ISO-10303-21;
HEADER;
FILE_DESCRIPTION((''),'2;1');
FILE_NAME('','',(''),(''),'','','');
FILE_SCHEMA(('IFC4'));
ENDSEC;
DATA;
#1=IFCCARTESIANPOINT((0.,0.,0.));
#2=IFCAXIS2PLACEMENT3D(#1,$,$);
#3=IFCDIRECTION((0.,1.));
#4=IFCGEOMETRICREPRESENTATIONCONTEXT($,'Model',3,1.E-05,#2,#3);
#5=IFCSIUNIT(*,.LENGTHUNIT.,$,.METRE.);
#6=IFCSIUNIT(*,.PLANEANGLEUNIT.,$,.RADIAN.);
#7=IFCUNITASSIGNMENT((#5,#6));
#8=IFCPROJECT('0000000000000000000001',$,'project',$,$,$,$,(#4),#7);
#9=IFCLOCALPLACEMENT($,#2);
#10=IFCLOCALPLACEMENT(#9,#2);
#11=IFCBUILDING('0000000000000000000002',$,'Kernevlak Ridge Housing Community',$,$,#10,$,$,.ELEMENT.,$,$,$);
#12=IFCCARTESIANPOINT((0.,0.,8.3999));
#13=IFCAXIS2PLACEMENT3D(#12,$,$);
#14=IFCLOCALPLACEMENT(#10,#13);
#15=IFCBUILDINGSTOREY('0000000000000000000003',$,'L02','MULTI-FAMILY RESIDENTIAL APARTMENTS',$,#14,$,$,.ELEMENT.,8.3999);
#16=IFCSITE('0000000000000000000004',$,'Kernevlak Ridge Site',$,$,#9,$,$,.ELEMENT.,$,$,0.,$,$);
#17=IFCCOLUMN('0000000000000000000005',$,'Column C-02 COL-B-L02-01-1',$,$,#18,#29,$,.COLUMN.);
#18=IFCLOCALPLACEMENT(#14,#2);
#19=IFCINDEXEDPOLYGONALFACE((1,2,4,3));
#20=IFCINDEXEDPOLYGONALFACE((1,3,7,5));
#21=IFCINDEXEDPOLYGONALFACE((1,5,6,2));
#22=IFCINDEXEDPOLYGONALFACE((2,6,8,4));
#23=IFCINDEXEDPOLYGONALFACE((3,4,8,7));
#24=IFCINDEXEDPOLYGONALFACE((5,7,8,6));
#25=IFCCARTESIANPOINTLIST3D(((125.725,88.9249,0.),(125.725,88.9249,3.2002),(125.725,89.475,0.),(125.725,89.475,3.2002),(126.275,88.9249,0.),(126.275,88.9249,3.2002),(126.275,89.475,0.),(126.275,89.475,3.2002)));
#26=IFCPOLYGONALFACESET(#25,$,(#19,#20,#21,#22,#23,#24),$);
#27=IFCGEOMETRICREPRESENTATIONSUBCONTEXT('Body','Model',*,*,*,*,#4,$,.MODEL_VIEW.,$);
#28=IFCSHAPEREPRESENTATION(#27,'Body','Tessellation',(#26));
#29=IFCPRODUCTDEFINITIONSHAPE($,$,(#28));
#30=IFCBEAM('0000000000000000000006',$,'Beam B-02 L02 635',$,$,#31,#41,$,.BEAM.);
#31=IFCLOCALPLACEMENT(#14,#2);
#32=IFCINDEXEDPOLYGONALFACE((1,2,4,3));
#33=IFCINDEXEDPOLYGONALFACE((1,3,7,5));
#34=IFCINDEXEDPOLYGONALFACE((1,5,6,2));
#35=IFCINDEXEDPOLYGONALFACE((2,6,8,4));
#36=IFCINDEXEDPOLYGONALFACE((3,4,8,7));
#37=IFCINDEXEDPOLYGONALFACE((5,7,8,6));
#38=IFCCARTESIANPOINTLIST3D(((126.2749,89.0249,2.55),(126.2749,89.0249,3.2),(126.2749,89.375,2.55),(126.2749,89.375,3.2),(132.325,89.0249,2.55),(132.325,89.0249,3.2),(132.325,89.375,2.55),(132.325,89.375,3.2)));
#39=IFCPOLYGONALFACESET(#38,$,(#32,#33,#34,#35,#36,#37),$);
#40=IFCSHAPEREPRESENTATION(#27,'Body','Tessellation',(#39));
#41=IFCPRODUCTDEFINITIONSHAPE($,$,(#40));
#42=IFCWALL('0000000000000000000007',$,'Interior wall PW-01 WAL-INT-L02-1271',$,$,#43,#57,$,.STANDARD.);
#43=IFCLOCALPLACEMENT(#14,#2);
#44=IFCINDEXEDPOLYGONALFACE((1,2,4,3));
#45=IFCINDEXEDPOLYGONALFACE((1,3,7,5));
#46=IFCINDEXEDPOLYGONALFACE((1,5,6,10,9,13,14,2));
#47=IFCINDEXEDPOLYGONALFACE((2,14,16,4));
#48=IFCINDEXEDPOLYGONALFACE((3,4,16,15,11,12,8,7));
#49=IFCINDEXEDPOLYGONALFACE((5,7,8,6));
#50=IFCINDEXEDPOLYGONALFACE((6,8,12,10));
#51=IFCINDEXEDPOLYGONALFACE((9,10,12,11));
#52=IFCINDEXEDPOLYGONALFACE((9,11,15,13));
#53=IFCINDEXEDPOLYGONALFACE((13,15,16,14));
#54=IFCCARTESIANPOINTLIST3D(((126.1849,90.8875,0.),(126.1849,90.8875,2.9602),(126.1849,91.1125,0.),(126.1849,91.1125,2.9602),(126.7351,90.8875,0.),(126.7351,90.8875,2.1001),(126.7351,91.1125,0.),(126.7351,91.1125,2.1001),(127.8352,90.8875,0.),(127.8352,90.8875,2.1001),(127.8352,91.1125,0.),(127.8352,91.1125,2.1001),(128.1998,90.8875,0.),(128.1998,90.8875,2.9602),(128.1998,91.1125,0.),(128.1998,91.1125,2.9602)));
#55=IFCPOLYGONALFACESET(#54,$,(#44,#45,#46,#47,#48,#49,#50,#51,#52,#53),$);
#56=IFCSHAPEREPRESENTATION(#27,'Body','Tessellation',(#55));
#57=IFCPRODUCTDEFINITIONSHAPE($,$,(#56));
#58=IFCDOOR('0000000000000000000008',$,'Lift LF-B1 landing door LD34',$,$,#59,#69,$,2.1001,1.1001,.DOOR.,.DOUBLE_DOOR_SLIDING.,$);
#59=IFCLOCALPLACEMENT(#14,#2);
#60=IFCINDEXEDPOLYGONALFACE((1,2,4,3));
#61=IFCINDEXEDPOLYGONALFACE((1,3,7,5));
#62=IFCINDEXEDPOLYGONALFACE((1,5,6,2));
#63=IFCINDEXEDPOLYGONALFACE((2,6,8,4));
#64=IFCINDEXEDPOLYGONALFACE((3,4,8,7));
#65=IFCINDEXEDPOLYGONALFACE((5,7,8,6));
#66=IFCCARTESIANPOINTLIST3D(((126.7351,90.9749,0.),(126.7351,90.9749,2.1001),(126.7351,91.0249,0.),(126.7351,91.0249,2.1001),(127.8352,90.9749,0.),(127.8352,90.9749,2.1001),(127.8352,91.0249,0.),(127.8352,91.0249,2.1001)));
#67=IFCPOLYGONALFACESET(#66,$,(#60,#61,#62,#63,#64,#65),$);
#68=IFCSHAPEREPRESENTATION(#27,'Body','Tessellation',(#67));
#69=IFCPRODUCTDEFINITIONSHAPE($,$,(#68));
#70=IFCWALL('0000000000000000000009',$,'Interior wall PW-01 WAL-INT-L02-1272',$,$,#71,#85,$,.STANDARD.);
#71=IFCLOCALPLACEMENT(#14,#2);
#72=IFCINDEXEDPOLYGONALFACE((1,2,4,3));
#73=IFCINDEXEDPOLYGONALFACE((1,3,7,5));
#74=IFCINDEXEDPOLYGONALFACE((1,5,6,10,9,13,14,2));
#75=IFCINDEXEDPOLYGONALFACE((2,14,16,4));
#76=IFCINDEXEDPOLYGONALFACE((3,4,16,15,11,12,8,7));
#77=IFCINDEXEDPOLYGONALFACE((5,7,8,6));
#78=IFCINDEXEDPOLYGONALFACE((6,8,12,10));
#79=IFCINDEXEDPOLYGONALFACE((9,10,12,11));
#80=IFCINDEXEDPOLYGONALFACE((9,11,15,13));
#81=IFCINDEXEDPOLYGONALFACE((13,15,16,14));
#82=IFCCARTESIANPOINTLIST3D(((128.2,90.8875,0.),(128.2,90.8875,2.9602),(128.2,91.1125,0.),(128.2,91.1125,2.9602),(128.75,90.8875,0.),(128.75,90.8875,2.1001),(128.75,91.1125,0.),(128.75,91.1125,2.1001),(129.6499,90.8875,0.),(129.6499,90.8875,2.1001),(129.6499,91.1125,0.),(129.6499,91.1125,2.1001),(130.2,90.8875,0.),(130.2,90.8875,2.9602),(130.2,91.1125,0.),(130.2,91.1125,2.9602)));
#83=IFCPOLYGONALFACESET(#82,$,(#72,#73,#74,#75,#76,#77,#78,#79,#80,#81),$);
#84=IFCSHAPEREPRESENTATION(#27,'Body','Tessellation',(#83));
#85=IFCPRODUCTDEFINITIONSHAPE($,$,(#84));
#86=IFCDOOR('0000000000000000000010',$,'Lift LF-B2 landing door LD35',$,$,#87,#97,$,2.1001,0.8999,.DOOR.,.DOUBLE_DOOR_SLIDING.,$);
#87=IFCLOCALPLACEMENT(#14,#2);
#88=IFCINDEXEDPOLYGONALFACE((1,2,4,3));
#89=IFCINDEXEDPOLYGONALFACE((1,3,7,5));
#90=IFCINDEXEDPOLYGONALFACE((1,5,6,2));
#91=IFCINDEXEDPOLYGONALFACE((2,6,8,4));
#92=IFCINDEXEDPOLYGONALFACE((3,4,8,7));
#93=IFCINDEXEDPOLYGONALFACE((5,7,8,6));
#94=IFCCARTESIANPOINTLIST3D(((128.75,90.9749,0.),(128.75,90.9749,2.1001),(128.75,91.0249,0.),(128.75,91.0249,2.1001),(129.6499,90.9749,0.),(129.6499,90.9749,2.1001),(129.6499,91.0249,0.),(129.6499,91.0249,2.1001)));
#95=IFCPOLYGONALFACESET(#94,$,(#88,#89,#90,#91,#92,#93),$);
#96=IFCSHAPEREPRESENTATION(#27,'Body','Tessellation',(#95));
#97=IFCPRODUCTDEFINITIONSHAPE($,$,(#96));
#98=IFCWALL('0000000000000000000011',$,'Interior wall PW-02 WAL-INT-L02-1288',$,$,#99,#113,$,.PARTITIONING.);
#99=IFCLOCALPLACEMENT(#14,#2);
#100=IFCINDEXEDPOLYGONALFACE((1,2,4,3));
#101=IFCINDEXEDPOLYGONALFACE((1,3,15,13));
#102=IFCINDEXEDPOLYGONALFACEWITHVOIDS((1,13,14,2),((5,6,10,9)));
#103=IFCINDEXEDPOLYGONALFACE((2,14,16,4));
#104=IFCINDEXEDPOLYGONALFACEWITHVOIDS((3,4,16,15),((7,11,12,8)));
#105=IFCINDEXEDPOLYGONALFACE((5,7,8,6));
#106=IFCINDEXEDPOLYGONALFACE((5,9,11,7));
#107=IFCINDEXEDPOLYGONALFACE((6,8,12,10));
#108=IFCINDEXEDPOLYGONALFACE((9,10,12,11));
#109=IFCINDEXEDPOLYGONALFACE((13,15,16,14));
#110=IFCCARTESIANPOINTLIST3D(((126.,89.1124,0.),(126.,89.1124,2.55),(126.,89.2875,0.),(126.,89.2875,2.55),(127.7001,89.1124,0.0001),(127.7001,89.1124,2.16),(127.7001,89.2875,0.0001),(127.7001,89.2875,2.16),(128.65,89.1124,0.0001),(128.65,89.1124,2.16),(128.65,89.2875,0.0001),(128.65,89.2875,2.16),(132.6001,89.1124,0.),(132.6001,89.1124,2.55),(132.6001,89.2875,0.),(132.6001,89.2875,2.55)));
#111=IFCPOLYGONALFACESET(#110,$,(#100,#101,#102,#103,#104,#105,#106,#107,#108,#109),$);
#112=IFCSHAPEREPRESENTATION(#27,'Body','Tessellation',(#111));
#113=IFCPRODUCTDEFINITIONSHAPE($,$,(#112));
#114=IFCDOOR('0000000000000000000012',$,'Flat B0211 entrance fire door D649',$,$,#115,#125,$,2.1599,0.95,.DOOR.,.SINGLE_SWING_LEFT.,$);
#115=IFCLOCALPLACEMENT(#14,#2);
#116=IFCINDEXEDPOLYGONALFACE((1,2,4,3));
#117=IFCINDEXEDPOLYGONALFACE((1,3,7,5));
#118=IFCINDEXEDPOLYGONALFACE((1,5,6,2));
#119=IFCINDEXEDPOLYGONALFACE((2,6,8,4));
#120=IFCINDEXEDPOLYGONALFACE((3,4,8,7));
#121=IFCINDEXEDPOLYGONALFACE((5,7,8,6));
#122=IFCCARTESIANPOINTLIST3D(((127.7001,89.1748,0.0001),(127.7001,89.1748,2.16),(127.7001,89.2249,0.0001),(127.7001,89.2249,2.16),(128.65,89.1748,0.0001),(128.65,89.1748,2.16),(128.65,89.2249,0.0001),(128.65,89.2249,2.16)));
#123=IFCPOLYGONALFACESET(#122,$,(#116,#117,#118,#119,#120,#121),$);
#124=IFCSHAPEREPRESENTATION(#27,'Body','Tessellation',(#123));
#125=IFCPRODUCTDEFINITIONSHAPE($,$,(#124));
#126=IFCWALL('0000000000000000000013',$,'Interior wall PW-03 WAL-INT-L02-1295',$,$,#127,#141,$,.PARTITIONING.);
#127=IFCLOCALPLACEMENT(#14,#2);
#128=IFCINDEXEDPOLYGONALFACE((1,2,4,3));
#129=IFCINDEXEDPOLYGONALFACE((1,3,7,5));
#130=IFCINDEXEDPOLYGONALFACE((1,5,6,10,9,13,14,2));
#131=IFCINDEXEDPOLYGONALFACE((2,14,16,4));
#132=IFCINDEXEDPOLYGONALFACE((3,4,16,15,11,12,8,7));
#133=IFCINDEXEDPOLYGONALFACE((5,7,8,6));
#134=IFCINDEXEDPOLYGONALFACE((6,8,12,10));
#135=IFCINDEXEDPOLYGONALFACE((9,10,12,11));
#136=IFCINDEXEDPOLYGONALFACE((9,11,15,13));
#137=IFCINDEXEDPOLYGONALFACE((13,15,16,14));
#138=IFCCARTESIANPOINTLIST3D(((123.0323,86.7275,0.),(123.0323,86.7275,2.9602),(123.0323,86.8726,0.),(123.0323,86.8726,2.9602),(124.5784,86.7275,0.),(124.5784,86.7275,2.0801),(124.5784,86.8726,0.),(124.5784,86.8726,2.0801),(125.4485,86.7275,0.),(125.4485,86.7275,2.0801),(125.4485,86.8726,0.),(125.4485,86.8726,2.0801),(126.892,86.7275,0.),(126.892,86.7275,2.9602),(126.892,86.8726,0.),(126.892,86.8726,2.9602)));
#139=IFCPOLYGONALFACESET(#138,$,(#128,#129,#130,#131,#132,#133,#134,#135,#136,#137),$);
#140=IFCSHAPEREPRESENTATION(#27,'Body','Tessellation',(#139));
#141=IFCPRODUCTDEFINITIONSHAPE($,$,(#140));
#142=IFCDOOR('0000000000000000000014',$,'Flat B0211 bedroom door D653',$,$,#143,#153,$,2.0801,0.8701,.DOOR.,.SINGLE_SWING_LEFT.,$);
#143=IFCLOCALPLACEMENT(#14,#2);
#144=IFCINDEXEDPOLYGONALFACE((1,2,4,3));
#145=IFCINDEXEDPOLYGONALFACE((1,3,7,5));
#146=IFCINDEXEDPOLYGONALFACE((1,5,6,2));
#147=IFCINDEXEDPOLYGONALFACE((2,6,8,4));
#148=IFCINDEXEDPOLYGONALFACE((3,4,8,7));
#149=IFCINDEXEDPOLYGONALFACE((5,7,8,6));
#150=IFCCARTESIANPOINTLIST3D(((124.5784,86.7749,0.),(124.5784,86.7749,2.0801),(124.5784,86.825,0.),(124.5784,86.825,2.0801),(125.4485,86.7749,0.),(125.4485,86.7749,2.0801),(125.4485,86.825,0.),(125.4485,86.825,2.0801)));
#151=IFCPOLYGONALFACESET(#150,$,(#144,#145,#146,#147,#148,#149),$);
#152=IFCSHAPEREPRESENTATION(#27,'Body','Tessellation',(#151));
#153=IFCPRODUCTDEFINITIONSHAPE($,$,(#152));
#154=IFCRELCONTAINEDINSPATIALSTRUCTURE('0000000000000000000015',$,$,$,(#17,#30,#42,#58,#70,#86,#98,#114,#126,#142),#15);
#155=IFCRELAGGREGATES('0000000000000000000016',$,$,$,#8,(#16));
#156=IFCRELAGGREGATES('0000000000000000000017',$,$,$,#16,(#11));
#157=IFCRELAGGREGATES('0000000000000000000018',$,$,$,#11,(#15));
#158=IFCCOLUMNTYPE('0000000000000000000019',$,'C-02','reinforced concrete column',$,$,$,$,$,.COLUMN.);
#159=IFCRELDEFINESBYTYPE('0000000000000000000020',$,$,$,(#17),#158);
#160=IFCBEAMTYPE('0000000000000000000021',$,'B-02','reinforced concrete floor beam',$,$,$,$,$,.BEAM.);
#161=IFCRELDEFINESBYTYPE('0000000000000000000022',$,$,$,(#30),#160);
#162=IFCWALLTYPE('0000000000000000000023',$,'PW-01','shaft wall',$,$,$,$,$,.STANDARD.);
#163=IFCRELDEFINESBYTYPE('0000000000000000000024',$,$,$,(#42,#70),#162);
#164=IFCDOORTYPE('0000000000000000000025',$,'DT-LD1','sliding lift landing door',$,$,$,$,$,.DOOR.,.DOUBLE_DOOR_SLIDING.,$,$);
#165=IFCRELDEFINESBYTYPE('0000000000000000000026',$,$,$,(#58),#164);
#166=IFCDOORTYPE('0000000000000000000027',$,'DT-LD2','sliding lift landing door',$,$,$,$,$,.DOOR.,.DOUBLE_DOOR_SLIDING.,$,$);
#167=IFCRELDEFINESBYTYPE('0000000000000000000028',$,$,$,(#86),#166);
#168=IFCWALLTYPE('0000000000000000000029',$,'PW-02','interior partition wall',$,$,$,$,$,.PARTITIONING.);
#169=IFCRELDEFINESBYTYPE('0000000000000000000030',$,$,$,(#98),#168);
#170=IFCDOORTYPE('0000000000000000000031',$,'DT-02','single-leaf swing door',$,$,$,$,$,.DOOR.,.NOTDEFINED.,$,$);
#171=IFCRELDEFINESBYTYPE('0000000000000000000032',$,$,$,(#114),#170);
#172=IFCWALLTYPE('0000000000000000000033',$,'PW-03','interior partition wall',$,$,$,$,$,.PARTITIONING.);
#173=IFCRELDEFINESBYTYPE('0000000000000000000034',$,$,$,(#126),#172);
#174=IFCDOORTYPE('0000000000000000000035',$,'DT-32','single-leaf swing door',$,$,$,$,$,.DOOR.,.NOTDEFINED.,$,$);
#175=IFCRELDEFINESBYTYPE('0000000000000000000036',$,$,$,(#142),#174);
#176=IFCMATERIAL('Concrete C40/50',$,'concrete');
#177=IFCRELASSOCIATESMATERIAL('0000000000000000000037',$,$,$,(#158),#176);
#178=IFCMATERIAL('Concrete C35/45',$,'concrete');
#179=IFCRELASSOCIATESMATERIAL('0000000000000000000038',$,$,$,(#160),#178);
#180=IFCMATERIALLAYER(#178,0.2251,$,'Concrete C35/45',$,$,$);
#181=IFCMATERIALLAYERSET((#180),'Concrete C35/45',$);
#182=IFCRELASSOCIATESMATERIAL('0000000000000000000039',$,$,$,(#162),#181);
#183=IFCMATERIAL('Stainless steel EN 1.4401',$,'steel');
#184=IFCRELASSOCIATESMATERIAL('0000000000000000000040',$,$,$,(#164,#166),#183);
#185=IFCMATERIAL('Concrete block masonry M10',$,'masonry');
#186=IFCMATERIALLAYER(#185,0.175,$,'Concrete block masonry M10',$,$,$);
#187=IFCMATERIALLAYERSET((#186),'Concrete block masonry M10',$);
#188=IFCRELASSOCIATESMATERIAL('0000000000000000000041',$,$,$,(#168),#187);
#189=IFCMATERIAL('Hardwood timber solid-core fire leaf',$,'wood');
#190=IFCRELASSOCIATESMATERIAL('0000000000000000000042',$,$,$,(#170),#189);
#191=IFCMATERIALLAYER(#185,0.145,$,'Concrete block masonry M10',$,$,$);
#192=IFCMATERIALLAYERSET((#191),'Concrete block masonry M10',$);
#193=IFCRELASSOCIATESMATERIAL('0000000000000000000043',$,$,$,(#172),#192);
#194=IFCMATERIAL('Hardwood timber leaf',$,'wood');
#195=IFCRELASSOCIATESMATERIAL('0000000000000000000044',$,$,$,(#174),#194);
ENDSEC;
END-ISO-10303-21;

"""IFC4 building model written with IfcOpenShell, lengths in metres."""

from ifc_helpers import new_model, si_unit, direction, frame, frame_2d, origin, origin_2d, place, context, subcontext, project, spatial, rectangle, extrude, material, layer, layer_set, material_profile, profile_set, type_object, element, fill, save


model = new_model("IFC4")

# Units and contexts
model_context = context("Model", 3, precision=1e-05, world=origin(), true_north=direction((0.0, 1.0)))
body_context = subcontext(model_context, "Body", "Model", "MODEL_VIEW")
ifc_project = project(units=[si_unit("LENGTHUNIT", "METRE"), si_unit("PLANEANGLEUNIT", "RADIAN")], contexts=[model_context])

# Site, building, storey
site_placement = place(None, origin())
site = spatial("IfcSite", under=ifc_project, at=site_placement, Name="Kernevlak Ridge Site", CompositionType="ELEMENT", RefElevation=0.0)
building_placement = place(site_placement, origin())
building = spatial("IfcBuilding", under=site, at=building_placement, Name="Kernevlak Ridge Housing Community", CompositionType="ELEMENT")
storey_placement = place(building_placement, frame((0.0, 0.0, 8.3999)))
storey = spatial("IfcBuildingStorey", under=building, at=storey_placement, Name="L02", Description="MULTI-FAMILY RESIDENTIAL APARTMENTS", CompositionType="ELEMENT", Elevation=8.3999)

# Column
ifc_material_1 = material(Name="Concrete C40/50", Category="concrete")
ifc_material_profile_1 = material_profile(ifc_material_1, rectangle(XDim=0.55, YDim=0.55, at=origin_2d()), Name="RC 550x550")
ifc_profile_set_1 = profile_set([ifc_material_profile_1], Name="Concrete C40/50")
column_type = type_object("IfcColumnType", Name="C-02", Description="reinforced concrete column", PredefinedType="COLUMN", material=ifc_profile_set_1)
column_placement = place(storey_placement, frame((126.0, 89.2, 0.0), z_axis=(0.0, 0.0, 1.0), x_axis=(1.0, 0.0, 0.0)))
element("IfcColumn", 1, at=column_placement, inside=storey, type_object=column_type, Name="Column C-02 COL-B-L02-01-1", PredefinedType="COLUMN", context=body_context, shape_type="SweptSolid", body=[
    extrude(rectangle(XDim=0.55, YDim=0.55, at=origin_2d()), origin(), (0.0, 0.0, 1.0), 3.2002),
])

# Beam
ifc_material_2 = material(Name="Concrete C35/45", Category="concrete")
ifc_material_profile_2 = material_profile(ifc_material_2, rectangle(XDim=0.3501, YDim=0.6499, at=origin_2d()), Name="RC 350x650")
ifc_profile_set_2 = profile_set([ifc_material_profile_2], Name="Concrete C35/45")
beam_type = type_object("IfcBeamType", Name="B-02", Description="reinforced concrete floor beam", PredefinedType="BEAM", material=ifc_profile_set_2)
beam_placement = place(storey_placement, frame((126.2749, 89.2, 2.875), z_axis=(1.0, 0.0, 0.0), x_axis=(0.0, 1.0, 0.0)))
element("IfcBeam", 2, at=beam_placement, inside=storey, type_object=beam_type, Name="Beam B-02 L02 635", PredefinedType="BEAM", context=body_context, shape_type="SweptSolid", body=[
    extrude(rectangle(XDim=0.3501, YDim=0.6499, at=origin_2d()), origin(), (0.0, 0.0, 1.0), 6.05),
])

# Walls, openings, doors
ifc_layer_1 = layer(ifc_material_2, 0.2251, Name="Concrete C35/45")
ifc_layer_set_1 = layer_set([ifc_layer_1], Name="Concrete C35/45")
wall_type_1 = type_object("IfcWallType", Name="PW-01", Description="shaft wall", PredefinedType="STANDARD", material=ifc_layer_set_1)
wall_1_placement = place(storey_placement, frame((126.1851, 91.0, 0.0), z_axis=(0.0, 0.0, 1.0), x_axis=(1.0, 0.0, 0.0)))
wall_1 = element("IfcWall", 3, at=wall_1_placement, inside=storey, type_object=wall_type_1, Name="Interior wall PW-01 WAL-INT-L02-1271", PredefinedType="STANDARD", context=body_context, shape_type="SweptSolid", body=[
    extrude(rectangle(XDim=2.0149, YDim=0.2251, at=frame_2d((1.0073, 0.0))), origin(), (0.0, 0.0, 1.0), 2.9602),
])
opening_1_placement = place(wall_1_placement, frame((0.55, 0.0, 0.0)))
opening_1 = element("IfcOpeningElement", 4, at=opening_1_placement, cuts=wall_1, PredefinedType="OPENING", context=body_context, shape_type="SweptSolid", body=[
    extrude(rectangle(XDim=1.1001, YDim=2.1001, at=frame_2d((0.55, 1.05))), frame((0.0, 0.1226, 0.0), z_axis=(0.0, -1.0, 0.0), x_axis=(1.0, 0.0, 0.0)), (0.0, 0.0, 1.0), 0.2451),
])
ifc_material_3 = material(Name="Stainless steel EN 1.4401", Category="steel")
door_type_1 = type_object("IfcDoorType", Name="DT-LD1", Description="sliding lift landing door", OperationType="DOUBLE_DOOR_SLIDING", PredefinedType="DOOR", material=ifc_material_3)
door_1_placement = place(opening_1_placement, origin())
door_1 = element("IfcDoor", 5, at=door_1_placement, inside=storey, type_object=door_type_1, Name="Lift LF-B1 landing door LD34", OperationType="DOUBLE_DOOR_SLIDING", OverallHeight=2.1001, OverallWidth=1.1001, PredefinedType="DOOR", context=body_context, shape_type="SweptSolid", body=[
    extrude(rectangle(XDim=1.1001, YDim=2.1001, at=frame_2d((0.55, 1.05))), frame((0.0, 0.0249, 0.0), z_axis=(0.0, -1.0, 0.0), x_axis=(1.0, 0.0, 0.0)), (0.0, 0.0, 1.0), 0.05),
])
fill(opening_1, door_1)
wall_2_placement = place(storey_placement, frame((128.2, 91.0, 0.0), z_axis=(0.0, 0.0, 1.0), x_axis=(1.0, 0.0, 0.0)))
wall_2 = element("IfcWall", 6, at=wall_2_placement, inside=storey, type_object=wall_type_1, Name="Interior wall PW-01 WAL-INT-L02-1272", PredefinedType="STANDARD", context=body_context, shape_type="SweptSolid", body=[
    extrude(rectangle(XDim=2.0, YDim=0.2251, at=frame_2d((1.0, 0.0))), origin(), (0.0, 0.0, 1.0), 2.9602),
])
opening_2_placement = place(wall_2_placement, frame((0.55, 0.0, 0.0)))
opening_2 = element("IfcOpeningElement", 7, at=opening_2_placement, cuts=wall_2, PredefinedType="OPENING", context=body_context, shape_type="SweptSolid", body=[
    extrude(rectangle(XDim=0.8999, YDim=2.1001, at=frame_2d((0.45, 1.05))), frame((0.0, 0.1226, 0.0), z_axis=(0.0, -1.0, 0.0), x_axis=(1.0, 0.0, 0.0)), (0.0, 0.0, 1.0), 0.2451),
])
door_type_2 = type_object("IfcDoorType", Name="DT-LD2", Description="sliding lift landing door", OperationType="DOUBLE_DOOR_SLIDING", PredefinedType="DOOR", material=ifc_material_3)
door_2_placement = place(opening_2_placement, origin())
door_2 = element("IfcDoor", 8, at=door_2_placement, inside=storey, type_object=door_type_2, Name="Lift LF-B2 landing door LD35", OperationType="DOUBLE_DOOR_SLIDING", OverallHeight=2.1001, OverallWidth=0.8999, PredefinedType="DOOR", context=body_context, shape_type="SweptSolid", body=[
    extrude(rectangle(XDim=0.8999, YDim=2.1001, at=frame_2d((0.45, 1.05))), frame((0.0, 0.0249, 0.0), z_axis=(0.0, -1.0, 0.0), x_axis=(1.0, 0.0, 0.0)), (0.0, 0.0, 1.0), 0.05),
])
fill(opening_2, door_2)
ifc_material_4 = material(Name="Concrete block masonry M10", Category="masonry")
ifc_layer_2 = layer(ifc_material_4, 0.175, Name="Concrete block masonry M10")
ifc_layer_set_2 = layer_set([ifc_layer_2], Name="Concrete block masonry M10")
wall_type_2 = type_object("IfcWallType", Name="PW-02", Description="interior partition wall", PredefinedType="PARTITIONING", material=ifc_layer_set_2)
wall_3_placement = place(storey_placement, frame((126.0, 89.2, 0.0), z_axis=(0.0, 0.0, 1.0), x_axis=(1.0, 0.0, 0.0)))
wall_3 = element("IfcWall", 9, at=wall_3_placement, inside=storey, type_object=wall_type_2, Name="Interior wall PW-02 WAL-INT-L02-1288", PredefinedType="PARTITIONING", context=body_context, shape_type="SweptSolid", body=[
    extrude(rectangle(XDim=6.6001, YDim=0.175, at=frame_2d((3.3, 0.0))), origin(), (0.0, 0.0, 1.0), 2.55),
])
opening_3_placement = place(wall_3_placement, frame((1.7, 0.0, 0.0)))
opening_3 = element("IfcOpeningElement", 10, at=opening_3_placement, cuts=wall_3, PredefinedType="OPENING", context=body_context, shape_type="SweptSolid", body=[
    extrude(rectangle(XDim=0.95, YDim=2.1599, at=frame_2d((0.4751, 1.0801))), frame((0.0, 0.0974, 0.0), z_axis=(0.0, -1.0, 0.0), x_axis=(1.0, 0.0, 0.0)), (0.0, 0.0, 1.0), 0.1951),
])
ifc_material_5 = material(Name="Hardwood timber solid-core fire leaf", Category="wood")
door_type_3 = type_object("IfcDoorType", Name="DT-02", Description="single-leaf swing door", OperationType="NOTDEFINED", PredefinedType="DOOR", material=ifc_material_5)
door_3_placement = place(opening_3_placement, origin())
door_3 = element("IfcDoor", 11, at=door_3_placement, inside=storey, type_object=door_type_3, Name="Flat B0211 entrance fire door D649", OperationType="SINGLE_SWING_LEFT", OverallHeight=2.1599, OverallWidth=0.95, PredefinedType="DOOR", context=body_context, shape_type="SweptSolid", body=[
    extrude(rectangle(XDim=0.95, YDim=2.1599, at=frame_2d((0.4751, 1.0801))), frame((0.0, 0.0249, 0.0), z_axis=(0.0, -1.0, 0.0), x_axis=(1.0, 0.0, 0.0)), (0.0, 0.0, 1.0), 0.05),
])
fill(opening_3, door_3)
ifc_layer_3 = layer(ifc_material_4, 0.145, Name="Concrete block masonry M10")
ifc_layer_set_3 = layer_set([ifc_layer_3], Name="Concrete block masonry M10")
wall_type_3 = type_object("IfcWallType", Name="PW-03", Description="interior partition wall", PredefinedType="PARTITIONING", material=ifc_layer_set_3)
wall_4_placement = place(storey_placement, frame((123.0325, 86.8, 0.0), z_axis=(0.0, 0.0, 1.0), x_axis=(1.0, 0.0, 0.0)))
wall_4 = element("IfcWall", 12, at=wall_4_placement, inside=storey, type_object=wall_type_3, Name="Interior wall PW-03 WAL-INT-L02-1295", PredefinedType="PARTITIONING", context=body_context, shape_type="SweptSolid", body=[
    extrude(rectangle(XDim=3.8596, YDim=0.145, at=frame_2d((1.9297, 0.0))), origin(), (0.0, 0.0, 1.0), 2.9602),
])
opening_4_placement = place(wall_4_placement, frame((1.5459, 0.0, 0.0)))
opening_4 = element("IfcOpeningElement", 13, at=opening_4_placement, cuts=wall_4, PredefinedType="OPENING", context=body_context, shape_type="SweptSolid", body=[
    extrude(rectangle(XDim=0.8701, YDim=2.0801, at=frame_2d((0.4351, 1.04))), frame((0.0, 0.0825, 0.0), z_axis=(0.0, -1.0, 0.0), x_axis=(1.0, 0.0, 0.0)), (0.0, 0.0, 1.0), 0.165),
])
ifc_material_6 = material(Name="Hardwood timber leaf", Category="wood")
door_type_4 = type_object("IfcDoorType", Name="DT-32", Description="single-leaf swing door", OperationType="NOTDEFINED", PredefinedType="DOOR", material=ifc_material_6)
door_4_placement = place(opening_4_placement, origin())
door_4 = element("IfcDoor", 14, at=door_4_placement, inside=storey, type_object=door_type_4, Name="Flat B0211 bedroom door D653", OperationType="SINGLE_SWING_LEFT", OverallHeight=2.0801, OverallWidth=0.8701, PredefinedType="DOOR", context=body_context, shape_type="SweptSolid", body=[
    extrude(rectangle(XDim=0.8701, YDim=2.0801, at=frame_2d((0.4351, 1.04))), frame((0.0, 0.0249, 0.0), z_axis=(0.0, -1.0, 0.0), x_axis=(1.0, 0.0, 0.0)), (0.0, 0.0, 1.0), 0.05),
])
fill(opening_4, door_4)

save(model, "model.ifc")
